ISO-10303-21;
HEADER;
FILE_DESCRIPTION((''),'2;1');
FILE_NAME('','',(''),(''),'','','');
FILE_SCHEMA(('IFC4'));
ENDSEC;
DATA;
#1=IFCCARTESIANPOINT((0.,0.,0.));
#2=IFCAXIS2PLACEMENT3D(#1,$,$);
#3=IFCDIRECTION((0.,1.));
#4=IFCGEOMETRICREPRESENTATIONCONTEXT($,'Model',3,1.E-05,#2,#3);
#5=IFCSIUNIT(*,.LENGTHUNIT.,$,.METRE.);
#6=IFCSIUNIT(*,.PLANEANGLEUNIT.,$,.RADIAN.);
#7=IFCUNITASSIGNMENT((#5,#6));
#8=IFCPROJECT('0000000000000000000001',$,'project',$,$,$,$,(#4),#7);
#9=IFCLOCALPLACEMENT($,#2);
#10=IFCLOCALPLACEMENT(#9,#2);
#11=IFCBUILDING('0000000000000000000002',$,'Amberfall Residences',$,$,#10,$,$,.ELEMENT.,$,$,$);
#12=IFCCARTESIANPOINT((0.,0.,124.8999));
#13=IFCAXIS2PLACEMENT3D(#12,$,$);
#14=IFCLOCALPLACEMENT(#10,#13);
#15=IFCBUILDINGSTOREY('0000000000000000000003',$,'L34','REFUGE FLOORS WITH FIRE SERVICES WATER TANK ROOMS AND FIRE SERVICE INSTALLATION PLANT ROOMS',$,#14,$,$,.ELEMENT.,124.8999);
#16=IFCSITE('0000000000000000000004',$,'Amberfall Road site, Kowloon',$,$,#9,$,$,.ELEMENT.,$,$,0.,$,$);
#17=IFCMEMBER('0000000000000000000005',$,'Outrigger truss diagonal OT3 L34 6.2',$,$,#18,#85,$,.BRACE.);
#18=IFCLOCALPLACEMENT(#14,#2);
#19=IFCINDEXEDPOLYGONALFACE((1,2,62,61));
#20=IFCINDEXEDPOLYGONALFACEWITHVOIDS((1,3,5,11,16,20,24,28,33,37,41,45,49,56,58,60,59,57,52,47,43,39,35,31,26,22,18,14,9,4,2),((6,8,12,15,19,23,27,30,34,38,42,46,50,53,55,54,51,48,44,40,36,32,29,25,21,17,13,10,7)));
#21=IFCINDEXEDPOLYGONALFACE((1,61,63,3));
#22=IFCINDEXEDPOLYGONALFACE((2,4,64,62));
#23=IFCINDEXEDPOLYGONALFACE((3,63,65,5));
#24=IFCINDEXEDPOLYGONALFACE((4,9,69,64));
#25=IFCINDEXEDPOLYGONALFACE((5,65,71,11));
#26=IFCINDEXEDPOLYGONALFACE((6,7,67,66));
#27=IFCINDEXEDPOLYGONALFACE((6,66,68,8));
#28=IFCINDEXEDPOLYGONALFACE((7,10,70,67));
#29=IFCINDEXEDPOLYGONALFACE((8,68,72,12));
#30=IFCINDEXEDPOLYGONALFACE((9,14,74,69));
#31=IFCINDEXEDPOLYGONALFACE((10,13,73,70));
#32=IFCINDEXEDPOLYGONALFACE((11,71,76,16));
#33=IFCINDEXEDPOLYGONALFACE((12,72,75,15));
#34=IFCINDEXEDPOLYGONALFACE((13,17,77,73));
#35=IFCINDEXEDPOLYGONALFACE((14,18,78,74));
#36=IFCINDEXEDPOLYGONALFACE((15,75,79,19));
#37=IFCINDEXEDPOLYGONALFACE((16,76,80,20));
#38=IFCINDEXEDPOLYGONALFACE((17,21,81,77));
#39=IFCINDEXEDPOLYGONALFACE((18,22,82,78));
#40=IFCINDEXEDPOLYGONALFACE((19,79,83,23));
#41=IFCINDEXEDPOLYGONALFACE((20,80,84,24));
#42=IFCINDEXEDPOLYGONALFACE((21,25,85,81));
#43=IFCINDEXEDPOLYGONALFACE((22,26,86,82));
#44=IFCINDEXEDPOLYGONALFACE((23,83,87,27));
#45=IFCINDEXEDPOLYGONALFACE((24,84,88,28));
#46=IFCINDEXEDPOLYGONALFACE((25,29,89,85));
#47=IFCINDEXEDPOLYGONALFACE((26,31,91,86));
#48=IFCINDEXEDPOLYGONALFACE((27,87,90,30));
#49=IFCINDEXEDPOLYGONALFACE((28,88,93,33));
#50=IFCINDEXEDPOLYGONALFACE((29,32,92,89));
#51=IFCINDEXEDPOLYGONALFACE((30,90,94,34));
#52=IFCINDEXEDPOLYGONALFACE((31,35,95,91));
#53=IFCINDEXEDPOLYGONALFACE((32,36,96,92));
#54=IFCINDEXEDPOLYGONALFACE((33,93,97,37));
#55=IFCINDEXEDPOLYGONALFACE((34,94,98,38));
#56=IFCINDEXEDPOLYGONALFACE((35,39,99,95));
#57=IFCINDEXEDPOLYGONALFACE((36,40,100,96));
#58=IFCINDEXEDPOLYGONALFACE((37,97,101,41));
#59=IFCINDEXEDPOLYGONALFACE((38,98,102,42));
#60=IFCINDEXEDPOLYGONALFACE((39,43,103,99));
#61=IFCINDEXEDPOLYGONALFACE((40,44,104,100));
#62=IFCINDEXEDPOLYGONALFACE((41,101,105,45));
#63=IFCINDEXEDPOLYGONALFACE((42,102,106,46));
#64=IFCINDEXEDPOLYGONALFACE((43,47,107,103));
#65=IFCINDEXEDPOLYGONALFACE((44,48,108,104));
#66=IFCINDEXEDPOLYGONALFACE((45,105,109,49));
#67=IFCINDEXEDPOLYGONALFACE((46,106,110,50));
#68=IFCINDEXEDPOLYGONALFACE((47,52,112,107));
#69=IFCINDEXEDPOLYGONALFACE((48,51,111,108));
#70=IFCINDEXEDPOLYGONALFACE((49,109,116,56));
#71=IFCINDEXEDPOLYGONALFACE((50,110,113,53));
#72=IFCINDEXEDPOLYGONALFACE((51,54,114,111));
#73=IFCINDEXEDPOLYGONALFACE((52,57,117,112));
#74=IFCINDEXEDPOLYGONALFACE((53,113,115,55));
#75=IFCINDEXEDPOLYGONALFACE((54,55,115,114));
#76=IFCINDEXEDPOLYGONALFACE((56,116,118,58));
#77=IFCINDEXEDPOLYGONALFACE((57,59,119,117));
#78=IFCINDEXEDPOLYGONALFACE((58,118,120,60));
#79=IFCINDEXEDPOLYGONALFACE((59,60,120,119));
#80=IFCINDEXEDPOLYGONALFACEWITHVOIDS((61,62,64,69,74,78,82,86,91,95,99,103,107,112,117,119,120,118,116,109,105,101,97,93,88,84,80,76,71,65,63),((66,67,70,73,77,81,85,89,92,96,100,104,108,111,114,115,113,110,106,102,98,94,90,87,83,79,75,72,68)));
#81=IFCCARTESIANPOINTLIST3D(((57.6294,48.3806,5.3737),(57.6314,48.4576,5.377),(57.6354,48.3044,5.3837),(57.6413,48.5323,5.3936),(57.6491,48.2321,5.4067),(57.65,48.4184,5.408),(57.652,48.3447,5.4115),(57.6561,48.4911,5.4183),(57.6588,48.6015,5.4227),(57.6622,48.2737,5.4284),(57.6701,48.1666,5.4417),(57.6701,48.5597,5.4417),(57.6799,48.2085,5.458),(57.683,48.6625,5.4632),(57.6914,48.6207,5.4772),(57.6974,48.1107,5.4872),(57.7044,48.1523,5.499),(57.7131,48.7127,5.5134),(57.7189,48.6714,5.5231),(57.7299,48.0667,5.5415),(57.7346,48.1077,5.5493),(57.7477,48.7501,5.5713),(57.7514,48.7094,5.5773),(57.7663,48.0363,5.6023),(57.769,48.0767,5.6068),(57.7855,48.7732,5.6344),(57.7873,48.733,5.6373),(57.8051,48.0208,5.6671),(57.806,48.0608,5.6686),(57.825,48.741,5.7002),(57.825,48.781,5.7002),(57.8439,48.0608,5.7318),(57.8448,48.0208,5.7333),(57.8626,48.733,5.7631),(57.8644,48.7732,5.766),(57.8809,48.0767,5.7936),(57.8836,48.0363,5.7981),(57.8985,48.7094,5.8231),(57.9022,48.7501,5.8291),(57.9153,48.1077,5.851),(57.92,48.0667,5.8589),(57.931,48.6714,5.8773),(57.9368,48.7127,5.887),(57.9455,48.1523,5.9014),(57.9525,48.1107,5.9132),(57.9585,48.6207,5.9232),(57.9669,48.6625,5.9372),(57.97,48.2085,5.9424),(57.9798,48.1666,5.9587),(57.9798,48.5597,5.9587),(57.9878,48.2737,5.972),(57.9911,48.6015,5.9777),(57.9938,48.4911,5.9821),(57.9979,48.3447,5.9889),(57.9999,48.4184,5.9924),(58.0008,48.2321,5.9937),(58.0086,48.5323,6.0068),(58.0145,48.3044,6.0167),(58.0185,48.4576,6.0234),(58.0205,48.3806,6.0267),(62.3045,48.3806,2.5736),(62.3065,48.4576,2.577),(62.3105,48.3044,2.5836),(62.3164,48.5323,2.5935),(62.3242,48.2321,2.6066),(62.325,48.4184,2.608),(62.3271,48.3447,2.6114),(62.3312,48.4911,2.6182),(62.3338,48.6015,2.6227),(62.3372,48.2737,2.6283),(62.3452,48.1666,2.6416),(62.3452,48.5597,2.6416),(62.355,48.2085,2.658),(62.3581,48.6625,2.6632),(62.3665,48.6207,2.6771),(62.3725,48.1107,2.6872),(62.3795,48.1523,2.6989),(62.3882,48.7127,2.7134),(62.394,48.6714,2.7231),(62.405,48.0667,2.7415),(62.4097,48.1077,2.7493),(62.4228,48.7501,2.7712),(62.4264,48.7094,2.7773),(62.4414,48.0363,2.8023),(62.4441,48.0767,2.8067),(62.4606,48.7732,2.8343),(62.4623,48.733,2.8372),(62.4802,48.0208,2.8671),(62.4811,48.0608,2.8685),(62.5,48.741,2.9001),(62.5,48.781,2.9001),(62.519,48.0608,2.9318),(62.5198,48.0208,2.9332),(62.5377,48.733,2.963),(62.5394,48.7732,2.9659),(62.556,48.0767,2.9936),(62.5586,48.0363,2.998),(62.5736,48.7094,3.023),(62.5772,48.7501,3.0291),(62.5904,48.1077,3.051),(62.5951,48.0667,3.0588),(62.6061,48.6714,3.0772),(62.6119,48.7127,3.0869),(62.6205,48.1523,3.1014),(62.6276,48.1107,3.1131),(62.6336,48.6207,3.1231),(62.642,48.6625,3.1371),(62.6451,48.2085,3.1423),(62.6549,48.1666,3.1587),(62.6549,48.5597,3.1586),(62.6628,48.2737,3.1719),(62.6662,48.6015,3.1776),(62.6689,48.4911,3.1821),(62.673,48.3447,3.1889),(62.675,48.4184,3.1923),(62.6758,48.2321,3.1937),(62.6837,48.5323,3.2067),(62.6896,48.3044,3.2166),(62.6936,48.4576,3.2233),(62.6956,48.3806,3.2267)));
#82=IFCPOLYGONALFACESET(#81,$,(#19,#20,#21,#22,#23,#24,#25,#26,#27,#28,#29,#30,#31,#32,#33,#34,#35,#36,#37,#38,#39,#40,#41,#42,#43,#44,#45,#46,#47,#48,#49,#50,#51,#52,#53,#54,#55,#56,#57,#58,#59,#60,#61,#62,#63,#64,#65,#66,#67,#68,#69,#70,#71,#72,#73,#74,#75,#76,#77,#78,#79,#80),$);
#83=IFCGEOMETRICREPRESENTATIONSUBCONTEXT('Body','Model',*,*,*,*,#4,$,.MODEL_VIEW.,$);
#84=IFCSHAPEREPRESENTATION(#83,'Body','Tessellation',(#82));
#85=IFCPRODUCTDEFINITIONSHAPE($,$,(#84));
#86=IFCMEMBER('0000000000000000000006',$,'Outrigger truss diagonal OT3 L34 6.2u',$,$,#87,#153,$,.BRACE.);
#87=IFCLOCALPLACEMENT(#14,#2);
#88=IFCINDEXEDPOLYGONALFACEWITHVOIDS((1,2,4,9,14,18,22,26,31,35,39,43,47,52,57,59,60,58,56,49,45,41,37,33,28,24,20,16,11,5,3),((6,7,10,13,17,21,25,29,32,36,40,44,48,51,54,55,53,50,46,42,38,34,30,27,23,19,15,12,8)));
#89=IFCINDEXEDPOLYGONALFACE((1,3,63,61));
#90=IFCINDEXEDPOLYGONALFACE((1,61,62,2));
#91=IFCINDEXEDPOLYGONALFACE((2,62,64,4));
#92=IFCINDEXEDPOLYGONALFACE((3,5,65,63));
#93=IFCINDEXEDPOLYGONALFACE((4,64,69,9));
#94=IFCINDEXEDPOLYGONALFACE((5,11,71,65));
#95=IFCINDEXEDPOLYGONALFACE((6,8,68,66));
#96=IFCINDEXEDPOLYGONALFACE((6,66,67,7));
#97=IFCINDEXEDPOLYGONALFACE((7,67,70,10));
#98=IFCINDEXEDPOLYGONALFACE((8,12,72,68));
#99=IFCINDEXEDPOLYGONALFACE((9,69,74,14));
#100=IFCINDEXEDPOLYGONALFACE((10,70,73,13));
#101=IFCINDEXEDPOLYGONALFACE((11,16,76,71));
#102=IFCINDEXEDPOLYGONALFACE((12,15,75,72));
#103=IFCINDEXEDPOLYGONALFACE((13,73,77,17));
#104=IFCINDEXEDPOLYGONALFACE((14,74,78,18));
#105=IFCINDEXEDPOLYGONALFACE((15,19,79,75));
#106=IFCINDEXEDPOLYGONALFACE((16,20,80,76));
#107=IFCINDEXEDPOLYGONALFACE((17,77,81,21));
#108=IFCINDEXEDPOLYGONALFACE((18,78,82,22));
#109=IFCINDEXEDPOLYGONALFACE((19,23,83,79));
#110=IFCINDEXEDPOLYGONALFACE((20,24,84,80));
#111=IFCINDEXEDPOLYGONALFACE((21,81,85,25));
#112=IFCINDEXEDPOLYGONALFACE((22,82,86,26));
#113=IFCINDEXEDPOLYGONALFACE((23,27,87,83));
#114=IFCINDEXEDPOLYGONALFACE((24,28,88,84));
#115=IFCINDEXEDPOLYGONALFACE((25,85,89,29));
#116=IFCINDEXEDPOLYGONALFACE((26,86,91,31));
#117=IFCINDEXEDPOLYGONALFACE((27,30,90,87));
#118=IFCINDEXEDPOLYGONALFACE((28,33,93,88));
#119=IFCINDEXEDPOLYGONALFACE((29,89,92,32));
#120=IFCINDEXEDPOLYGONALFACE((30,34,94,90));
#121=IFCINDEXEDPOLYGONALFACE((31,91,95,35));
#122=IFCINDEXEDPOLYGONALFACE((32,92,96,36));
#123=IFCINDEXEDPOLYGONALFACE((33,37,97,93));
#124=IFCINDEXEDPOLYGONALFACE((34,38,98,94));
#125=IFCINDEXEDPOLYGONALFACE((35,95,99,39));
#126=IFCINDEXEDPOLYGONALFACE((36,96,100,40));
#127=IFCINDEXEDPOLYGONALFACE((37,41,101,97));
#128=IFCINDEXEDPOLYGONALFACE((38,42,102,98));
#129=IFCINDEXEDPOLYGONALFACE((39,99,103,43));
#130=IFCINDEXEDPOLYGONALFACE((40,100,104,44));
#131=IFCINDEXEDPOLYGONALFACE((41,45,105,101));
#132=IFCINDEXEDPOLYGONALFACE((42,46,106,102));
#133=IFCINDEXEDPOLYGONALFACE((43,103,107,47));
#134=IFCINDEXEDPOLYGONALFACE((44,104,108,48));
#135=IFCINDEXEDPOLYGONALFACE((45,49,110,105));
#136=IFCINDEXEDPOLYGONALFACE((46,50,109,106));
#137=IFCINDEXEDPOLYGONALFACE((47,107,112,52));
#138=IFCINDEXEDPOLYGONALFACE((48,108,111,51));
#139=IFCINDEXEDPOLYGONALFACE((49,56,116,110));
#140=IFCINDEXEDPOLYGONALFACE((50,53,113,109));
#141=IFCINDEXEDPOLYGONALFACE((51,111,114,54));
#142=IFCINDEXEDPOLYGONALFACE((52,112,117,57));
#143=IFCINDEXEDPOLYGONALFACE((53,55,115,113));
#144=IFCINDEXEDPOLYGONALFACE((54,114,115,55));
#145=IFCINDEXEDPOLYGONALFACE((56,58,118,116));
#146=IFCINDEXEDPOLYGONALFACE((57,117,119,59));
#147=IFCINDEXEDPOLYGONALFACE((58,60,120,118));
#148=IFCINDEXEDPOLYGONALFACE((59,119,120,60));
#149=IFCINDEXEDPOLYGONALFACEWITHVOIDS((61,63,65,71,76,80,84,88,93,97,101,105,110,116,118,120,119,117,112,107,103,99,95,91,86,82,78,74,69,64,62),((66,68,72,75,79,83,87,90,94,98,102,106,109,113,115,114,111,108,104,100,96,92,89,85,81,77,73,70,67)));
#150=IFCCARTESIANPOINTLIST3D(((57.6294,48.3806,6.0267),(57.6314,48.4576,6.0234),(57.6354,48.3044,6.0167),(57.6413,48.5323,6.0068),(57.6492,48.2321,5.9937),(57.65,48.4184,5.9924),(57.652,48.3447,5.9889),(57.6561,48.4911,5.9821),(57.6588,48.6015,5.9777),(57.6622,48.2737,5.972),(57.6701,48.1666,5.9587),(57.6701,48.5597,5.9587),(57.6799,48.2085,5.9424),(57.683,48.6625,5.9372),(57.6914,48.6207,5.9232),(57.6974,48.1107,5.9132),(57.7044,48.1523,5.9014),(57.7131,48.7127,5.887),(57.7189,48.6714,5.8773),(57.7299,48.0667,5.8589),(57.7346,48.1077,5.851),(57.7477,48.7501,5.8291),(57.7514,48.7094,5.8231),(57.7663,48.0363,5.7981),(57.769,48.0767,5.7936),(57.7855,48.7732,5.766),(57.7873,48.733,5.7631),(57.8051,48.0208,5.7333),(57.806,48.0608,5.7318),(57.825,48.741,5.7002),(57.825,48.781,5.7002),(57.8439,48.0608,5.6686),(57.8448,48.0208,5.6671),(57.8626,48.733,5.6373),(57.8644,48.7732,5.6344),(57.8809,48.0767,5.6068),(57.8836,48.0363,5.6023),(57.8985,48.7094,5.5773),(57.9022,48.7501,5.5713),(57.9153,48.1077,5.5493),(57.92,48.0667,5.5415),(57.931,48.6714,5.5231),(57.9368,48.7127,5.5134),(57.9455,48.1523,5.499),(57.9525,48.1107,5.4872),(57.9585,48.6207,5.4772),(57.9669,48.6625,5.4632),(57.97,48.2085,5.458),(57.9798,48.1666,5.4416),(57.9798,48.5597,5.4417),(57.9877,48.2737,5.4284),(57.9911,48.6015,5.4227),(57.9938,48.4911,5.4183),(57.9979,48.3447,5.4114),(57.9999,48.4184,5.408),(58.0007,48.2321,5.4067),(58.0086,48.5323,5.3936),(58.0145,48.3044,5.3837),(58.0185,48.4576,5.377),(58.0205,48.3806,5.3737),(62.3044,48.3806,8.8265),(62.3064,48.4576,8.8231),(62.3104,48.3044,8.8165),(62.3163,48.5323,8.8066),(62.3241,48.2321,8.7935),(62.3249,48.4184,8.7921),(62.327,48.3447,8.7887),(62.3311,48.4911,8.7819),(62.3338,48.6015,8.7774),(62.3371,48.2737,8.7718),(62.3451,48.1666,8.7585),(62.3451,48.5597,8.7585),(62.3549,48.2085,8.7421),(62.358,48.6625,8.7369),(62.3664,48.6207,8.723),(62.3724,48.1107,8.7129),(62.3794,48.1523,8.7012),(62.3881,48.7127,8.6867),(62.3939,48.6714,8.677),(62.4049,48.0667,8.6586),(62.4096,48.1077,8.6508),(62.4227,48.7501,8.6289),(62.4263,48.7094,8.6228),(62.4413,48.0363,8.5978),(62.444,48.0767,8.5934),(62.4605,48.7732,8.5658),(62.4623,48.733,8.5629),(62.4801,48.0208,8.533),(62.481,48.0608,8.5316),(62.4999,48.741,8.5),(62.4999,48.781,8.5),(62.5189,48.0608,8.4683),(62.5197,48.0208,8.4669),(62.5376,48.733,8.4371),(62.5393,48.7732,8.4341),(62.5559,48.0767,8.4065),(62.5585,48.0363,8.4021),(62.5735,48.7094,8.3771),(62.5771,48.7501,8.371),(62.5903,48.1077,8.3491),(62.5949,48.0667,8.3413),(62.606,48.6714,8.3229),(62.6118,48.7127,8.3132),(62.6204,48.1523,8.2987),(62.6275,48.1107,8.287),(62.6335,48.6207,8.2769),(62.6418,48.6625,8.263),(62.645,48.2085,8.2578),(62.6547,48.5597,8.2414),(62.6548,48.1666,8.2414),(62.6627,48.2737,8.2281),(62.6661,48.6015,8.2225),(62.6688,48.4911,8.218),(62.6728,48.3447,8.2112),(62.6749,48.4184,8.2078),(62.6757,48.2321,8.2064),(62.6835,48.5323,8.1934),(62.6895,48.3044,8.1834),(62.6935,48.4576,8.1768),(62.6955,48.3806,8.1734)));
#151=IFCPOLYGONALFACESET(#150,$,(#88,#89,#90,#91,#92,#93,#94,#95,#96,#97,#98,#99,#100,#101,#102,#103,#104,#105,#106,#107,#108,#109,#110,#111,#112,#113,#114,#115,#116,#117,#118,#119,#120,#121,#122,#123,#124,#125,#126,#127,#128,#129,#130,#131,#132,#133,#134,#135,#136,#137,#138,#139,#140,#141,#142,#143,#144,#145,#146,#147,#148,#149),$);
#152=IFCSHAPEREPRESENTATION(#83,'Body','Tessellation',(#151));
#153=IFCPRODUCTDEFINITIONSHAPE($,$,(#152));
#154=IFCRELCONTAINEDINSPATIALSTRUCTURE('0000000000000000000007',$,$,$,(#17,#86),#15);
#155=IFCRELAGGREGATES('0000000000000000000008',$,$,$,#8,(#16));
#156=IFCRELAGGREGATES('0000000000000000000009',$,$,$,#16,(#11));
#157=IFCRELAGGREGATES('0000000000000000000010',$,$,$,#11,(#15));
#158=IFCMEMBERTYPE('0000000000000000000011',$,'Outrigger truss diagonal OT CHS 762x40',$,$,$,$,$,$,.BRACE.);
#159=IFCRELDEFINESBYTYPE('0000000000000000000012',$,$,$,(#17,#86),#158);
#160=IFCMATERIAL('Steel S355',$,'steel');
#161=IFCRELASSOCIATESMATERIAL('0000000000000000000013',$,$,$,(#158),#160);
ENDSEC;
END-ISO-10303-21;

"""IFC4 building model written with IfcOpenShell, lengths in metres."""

from ifc_helpers import new_model, si_unit, direction, frame, origin, origin_2d, place, context, subcontext, project, spatial, hollow_circle, extrude, material, material_profile, profile_set, type_object, element, save


model = new_model("IFC4")

# Units and contexts
model_context = context("Model", 3, precision=1e-05, world=origin(), true_north=direction((0.0, 1.0)))
body_context = subcontext(model_context, "Body", "Model", "MODEL_VIEW")
ifc_project = project(units=[si_unit("LENGTHUNIT", "METRE"), si_unit("PLANEANGLEUNIT", "RADIAN")], contexts=[model_context])

# Site, building, storey
site_placement = place(None, origin())
site = spatial("IfcSite", under=ifc_project, at=site_placement, Name="Amberfall Road site, Kowloon", CompositionType="ELEMENT", RefElevation=0.0)
building_placement = place(site_placement, origin())
building = spatial("IfcBuilding", under=site, at=building_placement, Name="Amberfall Residences", CompositionType="ELEMENT")
storey_placement = place(building_placement, frame((0.0, 0.0, 124.8999)))
storey = spatial("IfcBuildingStorey", under=building, at=storey_placement, Name="L34", Description="REFUGE FLOORS WITH FIRE SERVICES WATER TANK ROOMS AND FIRE SERVICE INSTALLATION PLANT ROOMS", CompositionType="ELEMENT", Elevation=124.8999)

# Members
ifc_material_1 = material(Name="Steel S355", Category="steel")
ifc_material_profile = material_profile(ifc_material_1, hollow_circle(Radius=0.3811, WallThickness=0.04, at=origin_2d()), Name="CHS 762x40")
ifc_profile_set = profile_set([ifc_material_profile], Name="Steel S355")
member_type = type_object("IfcMemberType", Name="Outrigger truss diagonal OT CHS 762x40", PredefinedType="BRACE", material=ifc_profile_set)
member_1_placement = place(storey_placement, frame((57.825, 48.3999, 5.7002), z_axis=(0.857896, 0.0, -0.513824), x_axis=(0.0, 1.0, 0.0)))
element("IfcMember", 1, at=member_1_placement, inside=storey, type_object=member_type, Name="Outrigger truss diagonal OT3 L34 6.2", PredefinedType="BRACE", context=body_context, shape_type="SweptSolid", body=[
    extrude(hollow_circle(Radius=0.3811, WallThickness=0.04, at=origin_2d()), origin(), (0.0, 0.0, 1.0), 5.4495),
])
member_2_placement = place(storey_placement, frame((57.825, 48.3999, 5.7002), z_axis=(0.857916, 0.0, 0.513791), x_axis=(0.0, 1.0, 0.0)))
element("IfcMember", 2, at=member_2_placement, inside=storey, type_object=member_type, Name="Outrigger truss diagonal OT3 L34 6.2u", PredefinedType="BRACE", context=body_context, shape_type="SweptSolid", body=[
    extrude(hollow_circle(Radius=0.3811, WallThickness=0.04, at=origin_2d()), origin(), (0.0, 0.0, 1.0), 5.4492),
])

save(model, "model.ifc")
